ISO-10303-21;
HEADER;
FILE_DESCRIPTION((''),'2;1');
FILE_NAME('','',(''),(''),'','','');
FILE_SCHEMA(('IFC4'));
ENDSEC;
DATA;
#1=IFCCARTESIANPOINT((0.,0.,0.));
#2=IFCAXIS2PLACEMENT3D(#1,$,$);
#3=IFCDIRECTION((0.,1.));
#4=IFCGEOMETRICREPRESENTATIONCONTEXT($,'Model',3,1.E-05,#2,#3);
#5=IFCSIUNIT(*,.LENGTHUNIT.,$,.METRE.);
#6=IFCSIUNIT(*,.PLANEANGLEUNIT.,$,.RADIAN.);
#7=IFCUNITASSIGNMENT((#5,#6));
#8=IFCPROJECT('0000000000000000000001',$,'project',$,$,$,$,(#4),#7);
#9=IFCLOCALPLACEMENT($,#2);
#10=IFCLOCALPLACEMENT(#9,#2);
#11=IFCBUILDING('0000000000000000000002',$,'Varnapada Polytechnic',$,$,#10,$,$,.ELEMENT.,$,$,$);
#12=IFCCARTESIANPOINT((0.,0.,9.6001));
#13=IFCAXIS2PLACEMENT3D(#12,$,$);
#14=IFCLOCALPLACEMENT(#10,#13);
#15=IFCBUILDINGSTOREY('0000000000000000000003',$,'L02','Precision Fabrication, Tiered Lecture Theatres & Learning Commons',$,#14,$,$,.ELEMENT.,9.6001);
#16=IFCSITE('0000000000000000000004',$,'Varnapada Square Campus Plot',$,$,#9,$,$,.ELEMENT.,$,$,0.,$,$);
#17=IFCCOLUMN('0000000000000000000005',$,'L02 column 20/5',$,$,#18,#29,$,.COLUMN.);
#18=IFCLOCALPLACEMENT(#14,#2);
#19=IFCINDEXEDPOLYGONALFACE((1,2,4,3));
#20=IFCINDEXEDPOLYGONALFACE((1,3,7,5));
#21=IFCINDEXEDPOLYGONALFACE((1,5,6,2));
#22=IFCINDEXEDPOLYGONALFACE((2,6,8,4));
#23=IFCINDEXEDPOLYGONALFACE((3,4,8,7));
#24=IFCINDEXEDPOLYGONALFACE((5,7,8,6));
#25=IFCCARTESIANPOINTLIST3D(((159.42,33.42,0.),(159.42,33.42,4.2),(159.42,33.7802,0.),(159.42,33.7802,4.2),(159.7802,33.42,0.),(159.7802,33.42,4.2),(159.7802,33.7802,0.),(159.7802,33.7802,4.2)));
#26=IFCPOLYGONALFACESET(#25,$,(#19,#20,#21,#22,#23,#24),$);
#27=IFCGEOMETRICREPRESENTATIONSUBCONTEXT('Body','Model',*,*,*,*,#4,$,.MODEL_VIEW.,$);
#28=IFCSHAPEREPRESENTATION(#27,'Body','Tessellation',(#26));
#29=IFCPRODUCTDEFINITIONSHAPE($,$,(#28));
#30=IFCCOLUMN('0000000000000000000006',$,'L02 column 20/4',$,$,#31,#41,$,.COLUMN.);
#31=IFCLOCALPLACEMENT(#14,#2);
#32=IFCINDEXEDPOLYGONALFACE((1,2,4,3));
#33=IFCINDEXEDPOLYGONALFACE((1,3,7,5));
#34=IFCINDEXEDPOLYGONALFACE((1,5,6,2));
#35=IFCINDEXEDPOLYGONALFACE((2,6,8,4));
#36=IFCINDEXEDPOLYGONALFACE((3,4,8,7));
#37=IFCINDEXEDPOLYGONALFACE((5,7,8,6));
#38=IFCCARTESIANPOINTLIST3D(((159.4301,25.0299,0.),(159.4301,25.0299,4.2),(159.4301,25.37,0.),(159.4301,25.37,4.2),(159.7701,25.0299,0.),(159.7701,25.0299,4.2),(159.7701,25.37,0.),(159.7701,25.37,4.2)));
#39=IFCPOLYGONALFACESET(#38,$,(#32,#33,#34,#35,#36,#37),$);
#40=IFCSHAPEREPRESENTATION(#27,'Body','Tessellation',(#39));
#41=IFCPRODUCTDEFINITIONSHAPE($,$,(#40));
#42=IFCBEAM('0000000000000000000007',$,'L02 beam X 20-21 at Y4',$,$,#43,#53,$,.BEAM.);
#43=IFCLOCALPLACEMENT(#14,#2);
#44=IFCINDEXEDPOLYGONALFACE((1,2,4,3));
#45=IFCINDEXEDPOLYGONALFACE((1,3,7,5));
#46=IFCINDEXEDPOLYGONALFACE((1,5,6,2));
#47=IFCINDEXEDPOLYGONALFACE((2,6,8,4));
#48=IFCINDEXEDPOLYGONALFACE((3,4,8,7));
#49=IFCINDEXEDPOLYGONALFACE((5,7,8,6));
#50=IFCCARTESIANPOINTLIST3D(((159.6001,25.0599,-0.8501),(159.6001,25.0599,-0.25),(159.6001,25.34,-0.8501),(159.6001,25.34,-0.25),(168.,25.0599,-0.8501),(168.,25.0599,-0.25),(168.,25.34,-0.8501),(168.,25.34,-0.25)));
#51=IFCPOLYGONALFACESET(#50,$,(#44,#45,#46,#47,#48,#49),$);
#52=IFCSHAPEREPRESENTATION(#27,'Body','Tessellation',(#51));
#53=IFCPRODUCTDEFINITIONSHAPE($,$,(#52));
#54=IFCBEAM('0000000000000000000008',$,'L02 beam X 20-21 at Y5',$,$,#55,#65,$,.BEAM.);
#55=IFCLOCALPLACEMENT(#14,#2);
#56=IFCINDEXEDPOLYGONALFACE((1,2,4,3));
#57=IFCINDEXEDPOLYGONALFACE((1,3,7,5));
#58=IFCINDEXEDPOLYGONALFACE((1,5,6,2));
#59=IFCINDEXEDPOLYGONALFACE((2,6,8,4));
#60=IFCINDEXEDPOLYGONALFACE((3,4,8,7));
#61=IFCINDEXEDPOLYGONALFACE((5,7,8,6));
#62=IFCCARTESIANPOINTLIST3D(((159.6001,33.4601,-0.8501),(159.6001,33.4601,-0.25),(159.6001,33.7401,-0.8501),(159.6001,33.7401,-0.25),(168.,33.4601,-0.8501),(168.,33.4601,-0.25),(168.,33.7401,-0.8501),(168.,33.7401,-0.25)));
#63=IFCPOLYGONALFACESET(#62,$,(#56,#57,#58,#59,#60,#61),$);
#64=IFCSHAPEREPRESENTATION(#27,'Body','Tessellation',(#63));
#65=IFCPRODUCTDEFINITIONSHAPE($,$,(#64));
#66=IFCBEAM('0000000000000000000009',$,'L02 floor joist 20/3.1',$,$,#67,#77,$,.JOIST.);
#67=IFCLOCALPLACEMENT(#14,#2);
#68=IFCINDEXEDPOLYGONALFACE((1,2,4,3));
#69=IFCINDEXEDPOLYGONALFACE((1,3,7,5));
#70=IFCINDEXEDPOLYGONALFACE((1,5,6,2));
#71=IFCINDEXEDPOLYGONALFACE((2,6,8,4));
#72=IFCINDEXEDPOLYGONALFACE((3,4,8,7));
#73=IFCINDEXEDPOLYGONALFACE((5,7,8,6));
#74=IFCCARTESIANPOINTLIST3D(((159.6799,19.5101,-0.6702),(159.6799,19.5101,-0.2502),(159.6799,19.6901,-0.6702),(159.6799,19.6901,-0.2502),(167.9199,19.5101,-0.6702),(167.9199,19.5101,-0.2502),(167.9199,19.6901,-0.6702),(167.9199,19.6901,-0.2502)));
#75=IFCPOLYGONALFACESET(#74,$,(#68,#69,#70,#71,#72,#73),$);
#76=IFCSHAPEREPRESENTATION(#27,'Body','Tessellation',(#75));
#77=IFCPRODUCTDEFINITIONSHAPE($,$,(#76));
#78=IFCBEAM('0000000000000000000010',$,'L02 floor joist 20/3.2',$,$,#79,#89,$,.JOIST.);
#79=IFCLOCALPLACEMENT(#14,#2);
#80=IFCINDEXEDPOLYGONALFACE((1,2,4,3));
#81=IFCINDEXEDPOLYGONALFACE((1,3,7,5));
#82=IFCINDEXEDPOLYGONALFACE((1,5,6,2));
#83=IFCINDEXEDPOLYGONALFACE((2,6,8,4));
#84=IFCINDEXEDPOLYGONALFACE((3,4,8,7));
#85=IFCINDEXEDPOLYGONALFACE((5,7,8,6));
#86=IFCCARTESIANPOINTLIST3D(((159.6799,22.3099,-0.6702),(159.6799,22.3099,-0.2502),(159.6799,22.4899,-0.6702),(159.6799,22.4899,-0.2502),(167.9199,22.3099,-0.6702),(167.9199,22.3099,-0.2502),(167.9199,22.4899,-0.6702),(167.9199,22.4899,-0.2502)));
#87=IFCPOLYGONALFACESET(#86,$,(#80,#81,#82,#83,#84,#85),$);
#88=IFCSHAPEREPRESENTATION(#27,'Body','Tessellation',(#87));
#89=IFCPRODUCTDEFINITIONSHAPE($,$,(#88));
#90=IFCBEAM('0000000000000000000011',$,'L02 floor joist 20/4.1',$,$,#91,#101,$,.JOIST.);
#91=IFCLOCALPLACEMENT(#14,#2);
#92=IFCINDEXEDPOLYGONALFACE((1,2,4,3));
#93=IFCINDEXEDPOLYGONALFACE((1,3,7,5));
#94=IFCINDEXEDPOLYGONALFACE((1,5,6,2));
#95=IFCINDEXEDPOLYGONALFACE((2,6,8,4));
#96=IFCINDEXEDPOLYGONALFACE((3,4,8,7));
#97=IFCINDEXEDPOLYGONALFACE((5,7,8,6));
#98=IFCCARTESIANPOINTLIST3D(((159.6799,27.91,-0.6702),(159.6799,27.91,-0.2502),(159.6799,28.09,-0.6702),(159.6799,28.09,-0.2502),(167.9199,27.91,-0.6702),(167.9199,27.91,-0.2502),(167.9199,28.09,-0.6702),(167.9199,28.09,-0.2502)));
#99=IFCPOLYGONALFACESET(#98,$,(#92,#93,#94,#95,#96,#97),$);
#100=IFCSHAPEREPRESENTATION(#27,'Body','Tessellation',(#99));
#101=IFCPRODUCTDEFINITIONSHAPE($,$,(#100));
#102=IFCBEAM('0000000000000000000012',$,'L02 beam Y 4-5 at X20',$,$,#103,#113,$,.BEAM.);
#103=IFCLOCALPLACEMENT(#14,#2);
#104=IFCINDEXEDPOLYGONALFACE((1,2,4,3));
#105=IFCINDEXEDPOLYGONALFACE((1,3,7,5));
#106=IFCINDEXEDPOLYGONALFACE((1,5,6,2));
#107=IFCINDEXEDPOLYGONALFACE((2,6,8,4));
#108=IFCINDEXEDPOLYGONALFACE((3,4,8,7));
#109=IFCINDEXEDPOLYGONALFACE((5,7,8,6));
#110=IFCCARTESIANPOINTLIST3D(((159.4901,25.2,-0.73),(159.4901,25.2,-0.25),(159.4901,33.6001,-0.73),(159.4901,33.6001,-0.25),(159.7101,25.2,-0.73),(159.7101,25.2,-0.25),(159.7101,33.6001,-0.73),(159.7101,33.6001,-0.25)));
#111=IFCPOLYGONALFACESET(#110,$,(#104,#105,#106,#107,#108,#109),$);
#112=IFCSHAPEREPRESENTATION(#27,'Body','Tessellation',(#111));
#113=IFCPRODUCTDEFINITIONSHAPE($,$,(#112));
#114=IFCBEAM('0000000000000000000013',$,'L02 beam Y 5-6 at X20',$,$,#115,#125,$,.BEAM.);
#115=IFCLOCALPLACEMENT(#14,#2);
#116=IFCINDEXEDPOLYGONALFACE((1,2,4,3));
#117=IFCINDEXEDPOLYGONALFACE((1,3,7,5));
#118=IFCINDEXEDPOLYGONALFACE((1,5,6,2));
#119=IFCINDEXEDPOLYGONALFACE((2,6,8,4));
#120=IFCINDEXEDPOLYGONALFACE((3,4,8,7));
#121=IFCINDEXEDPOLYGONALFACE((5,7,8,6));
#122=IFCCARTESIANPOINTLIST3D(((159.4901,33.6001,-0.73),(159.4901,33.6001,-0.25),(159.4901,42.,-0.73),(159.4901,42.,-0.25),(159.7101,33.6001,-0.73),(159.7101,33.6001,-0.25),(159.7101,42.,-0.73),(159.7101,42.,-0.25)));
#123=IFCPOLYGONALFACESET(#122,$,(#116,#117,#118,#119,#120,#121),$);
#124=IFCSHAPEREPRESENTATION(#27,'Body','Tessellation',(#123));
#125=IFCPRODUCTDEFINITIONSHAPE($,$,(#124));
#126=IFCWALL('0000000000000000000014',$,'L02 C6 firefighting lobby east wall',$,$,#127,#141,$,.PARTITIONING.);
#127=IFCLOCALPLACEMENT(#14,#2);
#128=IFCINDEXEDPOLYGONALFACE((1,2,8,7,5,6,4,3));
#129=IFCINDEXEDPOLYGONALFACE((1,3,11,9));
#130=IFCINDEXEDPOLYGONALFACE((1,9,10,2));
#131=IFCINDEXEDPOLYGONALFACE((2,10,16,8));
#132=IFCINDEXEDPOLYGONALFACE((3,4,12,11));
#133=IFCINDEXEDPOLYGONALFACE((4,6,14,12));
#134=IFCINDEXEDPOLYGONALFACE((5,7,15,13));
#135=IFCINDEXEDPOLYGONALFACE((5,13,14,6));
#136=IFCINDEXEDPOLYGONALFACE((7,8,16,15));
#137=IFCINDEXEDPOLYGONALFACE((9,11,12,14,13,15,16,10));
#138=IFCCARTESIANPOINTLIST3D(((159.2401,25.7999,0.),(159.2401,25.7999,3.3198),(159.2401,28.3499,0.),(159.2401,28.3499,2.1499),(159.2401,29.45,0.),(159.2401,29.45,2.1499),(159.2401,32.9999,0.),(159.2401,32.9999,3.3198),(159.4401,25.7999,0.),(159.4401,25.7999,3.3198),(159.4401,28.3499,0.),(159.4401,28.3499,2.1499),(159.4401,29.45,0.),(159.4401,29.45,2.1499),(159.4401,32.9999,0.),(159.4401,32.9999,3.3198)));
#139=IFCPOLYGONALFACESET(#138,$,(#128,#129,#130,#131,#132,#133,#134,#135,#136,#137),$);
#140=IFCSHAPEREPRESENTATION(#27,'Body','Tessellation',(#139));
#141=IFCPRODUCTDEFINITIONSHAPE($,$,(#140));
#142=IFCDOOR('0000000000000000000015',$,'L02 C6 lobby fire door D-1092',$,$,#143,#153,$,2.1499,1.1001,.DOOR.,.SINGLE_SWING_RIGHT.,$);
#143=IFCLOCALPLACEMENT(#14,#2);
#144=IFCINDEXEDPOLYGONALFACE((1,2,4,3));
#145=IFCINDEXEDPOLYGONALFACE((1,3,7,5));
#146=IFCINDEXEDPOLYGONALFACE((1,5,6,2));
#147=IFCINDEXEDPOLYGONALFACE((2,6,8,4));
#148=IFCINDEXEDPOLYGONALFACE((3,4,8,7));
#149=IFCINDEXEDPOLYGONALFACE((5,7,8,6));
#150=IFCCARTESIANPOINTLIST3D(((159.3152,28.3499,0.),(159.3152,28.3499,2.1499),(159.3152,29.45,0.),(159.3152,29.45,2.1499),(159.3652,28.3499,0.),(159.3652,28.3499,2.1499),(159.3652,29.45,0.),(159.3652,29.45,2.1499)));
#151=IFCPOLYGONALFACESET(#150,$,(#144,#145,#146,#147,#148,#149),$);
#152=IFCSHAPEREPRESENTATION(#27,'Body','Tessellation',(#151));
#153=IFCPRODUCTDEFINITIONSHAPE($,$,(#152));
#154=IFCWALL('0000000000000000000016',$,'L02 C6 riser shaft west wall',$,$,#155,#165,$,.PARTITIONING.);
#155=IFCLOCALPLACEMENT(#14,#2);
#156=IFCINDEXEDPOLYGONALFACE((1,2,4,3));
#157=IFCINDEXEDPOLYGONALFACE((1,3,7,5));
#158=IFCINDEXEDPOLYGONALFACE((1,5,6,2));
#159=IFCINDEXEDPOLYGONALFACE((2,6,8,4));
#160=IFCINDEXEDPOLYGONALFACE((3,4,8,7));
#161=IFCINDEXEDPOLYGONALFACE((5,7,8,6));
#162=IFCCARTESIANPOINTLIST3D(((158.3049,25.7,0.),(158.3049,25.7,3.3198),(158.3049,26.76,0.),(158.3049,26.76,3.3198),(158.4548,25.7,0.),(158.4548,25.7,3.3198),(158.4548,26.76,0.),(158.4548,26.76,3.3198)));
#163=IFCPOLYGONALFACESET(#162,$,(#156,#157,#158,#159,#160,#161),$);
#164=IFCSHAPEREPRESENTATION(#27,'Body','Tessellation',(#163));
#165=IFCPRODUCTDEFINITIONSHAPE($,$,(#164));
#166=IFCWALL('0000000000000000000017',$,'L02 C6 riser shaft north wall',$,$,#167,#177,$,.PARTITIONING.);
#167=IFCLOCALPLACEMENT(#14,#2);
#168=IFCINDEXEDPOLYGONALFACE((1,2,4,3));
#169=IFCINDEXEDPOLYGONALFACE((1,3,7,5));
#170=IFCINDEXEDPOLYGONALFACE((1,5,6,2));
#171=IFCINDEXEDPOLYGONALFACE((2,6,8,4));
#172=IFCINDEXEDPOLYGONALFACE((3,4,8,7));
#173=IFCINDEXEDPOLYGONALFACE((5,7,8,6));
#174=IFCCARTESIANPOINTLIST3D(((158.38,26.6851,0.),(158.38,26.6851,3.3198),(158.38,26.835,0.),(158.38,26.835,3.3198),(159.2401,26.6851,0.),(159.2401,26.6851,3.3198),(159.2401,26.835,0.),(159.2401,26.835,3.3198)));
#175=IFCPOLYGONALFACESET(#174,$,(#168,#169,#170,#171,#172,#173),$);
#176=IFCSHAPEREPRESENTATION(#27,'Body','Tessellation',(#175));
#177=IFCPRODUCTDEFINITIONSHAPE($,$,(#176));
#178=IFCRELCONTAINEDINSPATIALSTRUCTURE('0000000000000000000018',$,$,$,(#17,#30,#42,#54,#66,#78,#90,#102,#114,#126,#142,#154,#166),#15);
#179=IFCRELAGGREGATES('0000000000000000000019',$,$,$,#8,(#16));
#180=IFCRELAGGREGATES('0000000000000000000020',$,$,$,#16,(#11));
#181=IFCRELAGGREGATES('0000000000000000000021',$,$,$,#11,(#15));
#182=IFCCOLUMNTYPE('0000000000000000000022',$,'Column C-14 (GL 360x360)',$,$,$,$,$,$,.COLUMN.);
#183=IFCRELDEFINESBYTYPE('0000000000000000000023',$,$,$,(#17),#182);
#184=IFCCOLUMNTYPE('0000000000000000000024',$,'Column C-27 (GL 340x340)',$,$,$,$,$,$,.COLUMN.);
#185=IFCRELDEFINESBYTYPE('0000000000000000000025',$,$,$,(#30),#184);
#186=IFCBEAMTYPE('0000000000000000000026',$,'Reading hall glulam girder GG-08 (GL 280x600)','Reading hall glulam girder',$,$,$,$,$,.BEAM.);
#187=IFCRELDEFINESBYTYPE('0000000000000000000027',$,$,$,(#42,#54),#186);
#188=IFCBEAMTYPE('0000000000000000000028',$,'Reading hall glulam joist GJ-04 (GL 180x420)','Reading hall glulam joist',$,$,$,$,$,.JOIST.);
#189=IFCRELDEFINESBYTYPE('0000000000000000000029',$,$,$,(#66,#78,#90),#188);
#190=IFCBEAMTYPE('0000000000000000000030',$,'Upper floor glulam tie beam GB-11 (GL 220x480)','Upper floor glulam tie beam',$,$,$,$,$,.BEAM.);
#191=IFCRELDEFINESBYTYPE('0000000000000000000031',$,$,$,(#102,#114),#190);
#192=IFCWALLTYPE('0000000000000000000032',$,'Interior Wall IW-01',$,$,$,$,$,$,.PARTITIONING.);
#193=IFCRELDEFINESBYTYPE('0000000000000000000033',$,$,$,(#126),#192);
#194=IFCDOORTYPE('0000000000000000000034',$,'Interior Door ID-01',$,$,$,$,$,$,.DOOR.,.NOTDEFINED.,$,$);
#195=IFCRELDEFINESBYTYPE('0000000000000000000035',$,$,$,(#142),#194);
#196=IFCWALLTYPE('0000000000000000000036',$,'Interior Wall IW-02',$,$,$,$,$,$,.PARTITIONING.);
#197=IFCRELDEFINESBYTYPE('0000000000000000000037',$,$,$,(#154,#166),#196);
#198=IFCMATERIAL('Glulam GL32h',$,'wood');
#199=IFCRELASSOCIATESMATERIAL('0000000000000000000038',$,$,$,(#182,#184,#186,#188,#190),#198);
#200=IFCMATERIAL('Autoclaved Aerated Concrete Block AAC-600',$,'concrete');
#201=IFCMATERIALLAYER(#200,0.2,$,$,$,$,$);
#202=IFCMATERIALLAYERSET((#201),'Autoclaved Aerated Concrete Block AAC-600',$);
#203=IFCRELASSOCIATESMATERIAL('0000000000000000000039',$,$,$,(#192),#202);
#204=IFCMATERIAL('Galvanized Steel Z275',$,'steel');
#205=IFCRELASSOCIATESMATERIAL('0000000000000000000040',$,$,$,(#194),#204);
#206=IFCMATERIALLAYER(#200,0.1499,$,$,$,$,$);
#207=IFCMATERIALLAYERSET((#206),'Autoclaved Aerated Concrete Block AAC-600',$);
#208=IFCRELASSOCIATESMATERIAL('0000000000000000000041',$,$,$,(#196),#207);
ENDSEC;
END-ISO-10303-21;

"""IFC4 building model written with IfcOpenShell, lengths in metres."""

from ifc_helpers import new_model, si_unit, direction, frame, frame_2d, origin, origin_2d, place, context, subcontext, project, spatial, rectangle, extrude, material, layer, layer_set, material_profile, profile_set, type_object, element, fill, save


model = new_model("IFC4")

# Units and contexts
model_context = context("Model", 3, precision=1e-05, world=origin(), true_north=direction((0.0, 1.0)))
body_context = subcontext(model_context, "Body", "Model", "MODEL_VIEW")
ifc_project = project(units=[si_unit("LENGTHUNIT", "METRE"), si_unit("PLANEANGLEUNIT", "RADIAN")], contexts=[model_context])

# Site, building, storey
site_placement = place(None, origin())
site = spatial("IfcSite", under=ifc_project, at=site_placement, Name="Varnapada Square Campus Plot", CompositionType="ELEMENT", RefElevation=0.0)
building_placement = place(site_placement, origin())
building = spatial("IfcBuilding", under=site, at=building_placement, Name="Varnapada Polytechnic", CompositionType="ELEMENT")
storey_placement = place(building_placement, frame((0.0, 0.0, 9.6001)))
storey = spatial("IfcBuildingStorey", under=building, at=storey_placement, Name="L02", Description="Precision Fabrication, Tiered Lecture Theatres & Learning Commons", CompositionType="ELEMENT", Elevation=9.6001)

# Columns
ifc_material_1 = material(Name="Glulam GL32h", Category="wood")
ifc_material_profile_1 = material_profile(ifc_material_1, rectangle(XDim=0.3601, YDim=0.3601, at=origin_2d()), Name="GL 360x360")
ifc_profile_set_1 = profile_set([ifc_material_profile_1], Name="Glulam GL32h")
column_type_1 = type_object("IfcColumnType", Name="Column C-14 (GL 360x360)", PredefinedType="COLUMN", material=ifc_profile_set_1)
column_1_placement = place(storey_placement, frame((159.6001, 33.6001, 0.0), z_axis=(0.0, 0.0, 1.0), x_axis=(1.0, 0.0, 0.0)))
element("IfcColumn", 1, at=column_1_placement, inside=storey, type_object=column_type_1, Name="L02 column 20/5", PredefinedType="COLUMN", context=body_context, shape_type="SweptSolid", body=[
    extrude(rectangle(XDim=0.3601, YDim=0.3601, at=origin_2d()), origin(), (0.0, 0.0, 1.0), 4.2),
])
ifc_material_profile_2 = material_profile(ifc_material_1, rectangle(XDim=0.3401, YDim=0.3401, at=origin_2d()), Name="GL 340x340")
ifc_profile_set_2 = profile_set([ifc_material_profile_2], Name="Glulam GL32h")
column_type_2 = type_object("IfcColumnType", Name="Column C-27 (GL 340x340)", PredefinedType="COLUMN", material=ifc_profile_set_2)
column_2_placement = place(storey_placement, frame((159.6001, 25.2, 0.0), z_axis=(0.0, 0.0, 1.0), x_axis=(1.0, 0.0, 0.0)))
element("IfcColumn", 2, at=column_2_placement, inside=storey, type_object=column_type_2, Name="L02 column 20/4", PredefinedType="COLUMN", context=body_context, shape_type="SweptSolid", body=[
    extrude(rectangle(XDim=0.3401, YDim=0.3401, at=origin_2d()), origin(), (0.0, 0.0, 1.0), 4.2),
])

# Beams
ifc_material_profile_3 = material_profile(ifc_material_1, rectangle(XDim=0.28, YDim=0.6001, at=origin_2d()), Name="GL 280x600")
ifc_profile_set_3 = profile_set([ifc_material_profile_3], Name="Glulam GL32h")
beam_type_1 = type_object("IfcBeamType", Name="Reading hall glulam girder GG-08 (GL 280x600)", Description="Reading hall glulam girder", PredefinedType="BEAM", material=ifc_profile_set_3)
for number, where, z_axis, x_axis, name in (
    (3, (159.6001, 25.2, -0.55), (1.0, 0.0, 0.0), (0.0, 1.0, 0.0), "L02 beam X 20-21 at Y4"),
    (4, (159.6001, 33.6001, -0.55), (1.0, 0.0, 0.0), (0.0, 1.0, 0.0), "L02 beam X 20-21 at Y5"),
):
    element("IfcBeam", number, at=place(storey_placement, frame(where, z_axis=z_axis, x_axis=x_axis)), inside=storey, type_object=beam_type_1, Name=name, PredefinedType="BEAM", context=body_context, shape_type="SweptSolid", body=[
        extrude(rectangle(XDim=0.28, YDim=0.6001, at=origin_2d()), origin(), (0.0, 0.0, 1.0), 8.3999),
    ])
ifc_material_profile_4 = material_profile(ifc_material_1, rectangle(XDim=0.1799, YDim=0.4199, at=origin_2d()), Name="GL 180x420")
ifc_profile_set_4 = profile_set([ifc_material_profile_4], Name="Glulam GL32h")
beam_type_2 = type_object("IfcBeamType", Name="Reading hall glulam joist GJ-04 (GL 180x420)", Description="Reading hall glulam joist", PredefinedType="JOIST", material=ifc_profile_set_4)
for number, where, z_axis, x_axis, name in (
    (5, (159.6799, 19.6001, -0.4602), (1.0, 0.0, 0.0), (0.0, 1.0, 0.0), "L02 floor joist 20/3.1"),
    (6, (159.6799, 22.3999, -0.4602), (1.0, 0.0, 0.0), (0.0, 1.0, 0.0), "L02 floor joist 20/3.2"),
    (7, (159.6799, 28.0, -0.4602), (1.0, 0.0, 0.0), (0.0, 1.0, 0.0), "L02 floor joist 20/4.1"),
):
    element("IfcBeam", number, at=place(storey_placement, frame(where, z_axis=z_axis, x_axis=x_axis)), inside=storey, type_object=beam_type_2, Name=name, PredefinedType="JOIST", context=body_context, shape_type="SweptSolid", body=[
        extrude(rectangle(XDim=0.1799, YDim=0.4199, at=origin_2d()), origin(), (0.0, 0.0, 1.0), 8.24),
    ])
ifc_material_profile_5 = material_profile(ifc_material_1, rectangle(XDim=0.22, YDim=0.48, at=origin_2d()), Name="GL 220x480")
ifc_profile_set_5 = profile_set([ifc_material_profile_5], Name="Glulam GL32h")
beam_type_3 = type_object("IfcBeamType", Name="Upper floor glulam tie beam GB-11 (GL 220x480)", Description="Upper floor glulam tie beam", PredefinedType="BEAM", material=ifc_profile_set_5)
beam_1_placement = place(storey_placement, frame((159.6001, 25.2, -0.49), z_axis=(0.0, 1.0, 0.0), x_axis=(-1.0, 0.0, 0.0)))
element("IfcBeam", 8, at=beam_1_placement, inside=storey, type_object=beam_type_3, Name="L02 beam Y 4-5 at X20", PredefinedType="BEAM", context=body_context, shape_type="SweptSolid", body=[
    extrude(rectangle(XDim=0.22, YDim=0.48, at=origin_2d()), origin(), (0.0, 0.0, 1.0), 8.4001),
])
beam_2_placement = place(storey_placement, frame((159.6001, 33.6001, -0.49), z_axis=(0.0, 1.0, 0.0), x_axis=(-1.0, 0.0, 0.0)))
element("IfcBeam", 9, at=beam_2_placement, inside=storey, type_object=beam_type_3, Name="L02 beam Y 5-6 at X20", PredefinedType="BEAM", context=body_context, shape_type="SweptSolid", body=[
    extrude(rectangle(XDim=0.22, YDim=0.48, at=origin_2d()), origin(), (0.0, 0.0, 1.0), 8.3999),
])

# Wall, opening, door
ifc_material_2 = material(Name="Autoclaved Aerated Concrete Block AAC-600", Category="concrete")
ifc_layer_1 = layer(ifc_material_2, 0.2)
ifc_layer_set_1 = layer_set([ifc_layer_1], Name="Autoclaved Aerated Concrete Block AAC-600")
wall_type_1 = type_object("IfcWallType", Name="Interior Wall IW-01", PredefinedType="PARTITIONING", material=ifc_layer_set_1)
wall_1_placement = place(storey_placement, frame((159.3401, 33.0, 0.0), z_axis=(0.0, 0.0, 1.0), x_axis=(0.0, -1.0, 0.0)))
wall_1 = element("IfcWall", 10, at=wall_1_placement, inside=storey, type_object=wall_type_1, Name="L02 C6 firefighting lobby east wall", PredefinedType="PARTITIONING", context=body_context, shape_type="SweptSolid", body=[
    extrude(rectangle(XDim=7.2, YDim=0.2, at=frame_2d((3.6001, 0.0))), origin(), (0.0, 0.0, 1.0), 3.3198),
])
opening_1_placement = place(wall_1_placement, frame((3.55, 0.0, 0.0)))
opening_1 = element("IfcOpeningElement", 11, at=opening_1_placement, cuts=wall_1, PredefinedType="OPENING", context=body_context, shape_type="SweptSolid", body=[
    extrude(rectangle(XDim=1.1001, YDim=2.1499, at=frame_2d((0.55, 1.075))), frame((0.0, 0.1099, 0.0), z_axis=(0.0, -1.0, 0.0), x_axis=(1.0, 0.0, 0.0)), (0.0, 0.0, 1.0), 0.22),
])
ifc_material_3 = material(Name="Galvanized Steel Z275", Category="steel")
door_type_1 = type_object("IfcDoorType", Name="Interior Door ID-01", OperationType="NOTDEFINED", PredefinedType="DOOR", material=ifc_material_3)
door_1_placement = place(opening_1_placement, frame((1.1001, 0.0, 0.0), z_axis=(0.0, 0.0, 1.0), x_axis=(-1.0, 0.0, 0.0)))
door_1 = element("IfcDoor", 12, at=door_1_placement, inside=storey, type_object=door_type_1, Name="L02 C6 lobby fire door D-1092", OperationType="SINGLE_SWING_RIGHT", OverallHeight=2.1499, OverallWidth=1.1001, PredefinedType="DOOR", context=body_context, shape_type="SweptSolid", body=[
    extrude(rectangle(XDim=1.1001, YDim=2.1499, at=frame_2d((0.55, 1.075))), frame((0.0, 0.0249, 0.0), z_axis=(0.0, -1.0, 0.0), x_axis=(1.0, 0.0, 0.0)), (0.0, 0.0, 1.0), 0.05),
])
fill(opening_1, door_1)

# Walls
ifc_layer_2 = layer(ifc_material_2, 0.1499)
ifc_layer_set_2 = layer_set([ifc_layer_2], Name="Autoclaved Aerated Concrete Block AAC-600")
wall_type_2 = type_object("IfcWallType", Name="Interior Wall IW-02", PredefinedType="PARTITIONING", material=ifc_layer_set_2)
wall_2_placement = place(storey_placement, frame((158.3799, 26.76, 0.0), z_axis=(0.0, 0.0, 1.0), x_axis=(0.0, -1.0, 0.0)))
element("IfcWall", 13, at=wall_2_placement, inside=storey, type_object=wall_type_2, Name="L02 C6 riser shaft west wall", PredefinedType="PARTITIONING", context=body_context, shape_type="SweptSolid", body=[
    extrude(rectangle(XDim=1.0601, YDim=0.1499, at=frame_2d((0.53, 0.0))), origin(), (0.0, 0.0, 1.0), 3.3198),
])
wall_3_placement = place(storey_placement, frame((158.3799, 26.76, 0.0), z_axis=(0.0, 0.0, 1.0), x_axis=(1.0, 0.0, 0.0)))
element("IfcWall", 14, at=wall_3_placement, inside=storey, type_object=wall_type_2, Name="L02 C6 riser shaft north wall", PredefinedType="PARTITIONING", context=body_context, shape_type="SweptSolid", body=[
    extrude(rectangle(XDim=0.8601, YDim=0.1499, at=frame_2d((0.4302, 0.0))), origin(), (0.0, 0.0, 1.0), 3.3198),
])

save(model, "model.ifc")
